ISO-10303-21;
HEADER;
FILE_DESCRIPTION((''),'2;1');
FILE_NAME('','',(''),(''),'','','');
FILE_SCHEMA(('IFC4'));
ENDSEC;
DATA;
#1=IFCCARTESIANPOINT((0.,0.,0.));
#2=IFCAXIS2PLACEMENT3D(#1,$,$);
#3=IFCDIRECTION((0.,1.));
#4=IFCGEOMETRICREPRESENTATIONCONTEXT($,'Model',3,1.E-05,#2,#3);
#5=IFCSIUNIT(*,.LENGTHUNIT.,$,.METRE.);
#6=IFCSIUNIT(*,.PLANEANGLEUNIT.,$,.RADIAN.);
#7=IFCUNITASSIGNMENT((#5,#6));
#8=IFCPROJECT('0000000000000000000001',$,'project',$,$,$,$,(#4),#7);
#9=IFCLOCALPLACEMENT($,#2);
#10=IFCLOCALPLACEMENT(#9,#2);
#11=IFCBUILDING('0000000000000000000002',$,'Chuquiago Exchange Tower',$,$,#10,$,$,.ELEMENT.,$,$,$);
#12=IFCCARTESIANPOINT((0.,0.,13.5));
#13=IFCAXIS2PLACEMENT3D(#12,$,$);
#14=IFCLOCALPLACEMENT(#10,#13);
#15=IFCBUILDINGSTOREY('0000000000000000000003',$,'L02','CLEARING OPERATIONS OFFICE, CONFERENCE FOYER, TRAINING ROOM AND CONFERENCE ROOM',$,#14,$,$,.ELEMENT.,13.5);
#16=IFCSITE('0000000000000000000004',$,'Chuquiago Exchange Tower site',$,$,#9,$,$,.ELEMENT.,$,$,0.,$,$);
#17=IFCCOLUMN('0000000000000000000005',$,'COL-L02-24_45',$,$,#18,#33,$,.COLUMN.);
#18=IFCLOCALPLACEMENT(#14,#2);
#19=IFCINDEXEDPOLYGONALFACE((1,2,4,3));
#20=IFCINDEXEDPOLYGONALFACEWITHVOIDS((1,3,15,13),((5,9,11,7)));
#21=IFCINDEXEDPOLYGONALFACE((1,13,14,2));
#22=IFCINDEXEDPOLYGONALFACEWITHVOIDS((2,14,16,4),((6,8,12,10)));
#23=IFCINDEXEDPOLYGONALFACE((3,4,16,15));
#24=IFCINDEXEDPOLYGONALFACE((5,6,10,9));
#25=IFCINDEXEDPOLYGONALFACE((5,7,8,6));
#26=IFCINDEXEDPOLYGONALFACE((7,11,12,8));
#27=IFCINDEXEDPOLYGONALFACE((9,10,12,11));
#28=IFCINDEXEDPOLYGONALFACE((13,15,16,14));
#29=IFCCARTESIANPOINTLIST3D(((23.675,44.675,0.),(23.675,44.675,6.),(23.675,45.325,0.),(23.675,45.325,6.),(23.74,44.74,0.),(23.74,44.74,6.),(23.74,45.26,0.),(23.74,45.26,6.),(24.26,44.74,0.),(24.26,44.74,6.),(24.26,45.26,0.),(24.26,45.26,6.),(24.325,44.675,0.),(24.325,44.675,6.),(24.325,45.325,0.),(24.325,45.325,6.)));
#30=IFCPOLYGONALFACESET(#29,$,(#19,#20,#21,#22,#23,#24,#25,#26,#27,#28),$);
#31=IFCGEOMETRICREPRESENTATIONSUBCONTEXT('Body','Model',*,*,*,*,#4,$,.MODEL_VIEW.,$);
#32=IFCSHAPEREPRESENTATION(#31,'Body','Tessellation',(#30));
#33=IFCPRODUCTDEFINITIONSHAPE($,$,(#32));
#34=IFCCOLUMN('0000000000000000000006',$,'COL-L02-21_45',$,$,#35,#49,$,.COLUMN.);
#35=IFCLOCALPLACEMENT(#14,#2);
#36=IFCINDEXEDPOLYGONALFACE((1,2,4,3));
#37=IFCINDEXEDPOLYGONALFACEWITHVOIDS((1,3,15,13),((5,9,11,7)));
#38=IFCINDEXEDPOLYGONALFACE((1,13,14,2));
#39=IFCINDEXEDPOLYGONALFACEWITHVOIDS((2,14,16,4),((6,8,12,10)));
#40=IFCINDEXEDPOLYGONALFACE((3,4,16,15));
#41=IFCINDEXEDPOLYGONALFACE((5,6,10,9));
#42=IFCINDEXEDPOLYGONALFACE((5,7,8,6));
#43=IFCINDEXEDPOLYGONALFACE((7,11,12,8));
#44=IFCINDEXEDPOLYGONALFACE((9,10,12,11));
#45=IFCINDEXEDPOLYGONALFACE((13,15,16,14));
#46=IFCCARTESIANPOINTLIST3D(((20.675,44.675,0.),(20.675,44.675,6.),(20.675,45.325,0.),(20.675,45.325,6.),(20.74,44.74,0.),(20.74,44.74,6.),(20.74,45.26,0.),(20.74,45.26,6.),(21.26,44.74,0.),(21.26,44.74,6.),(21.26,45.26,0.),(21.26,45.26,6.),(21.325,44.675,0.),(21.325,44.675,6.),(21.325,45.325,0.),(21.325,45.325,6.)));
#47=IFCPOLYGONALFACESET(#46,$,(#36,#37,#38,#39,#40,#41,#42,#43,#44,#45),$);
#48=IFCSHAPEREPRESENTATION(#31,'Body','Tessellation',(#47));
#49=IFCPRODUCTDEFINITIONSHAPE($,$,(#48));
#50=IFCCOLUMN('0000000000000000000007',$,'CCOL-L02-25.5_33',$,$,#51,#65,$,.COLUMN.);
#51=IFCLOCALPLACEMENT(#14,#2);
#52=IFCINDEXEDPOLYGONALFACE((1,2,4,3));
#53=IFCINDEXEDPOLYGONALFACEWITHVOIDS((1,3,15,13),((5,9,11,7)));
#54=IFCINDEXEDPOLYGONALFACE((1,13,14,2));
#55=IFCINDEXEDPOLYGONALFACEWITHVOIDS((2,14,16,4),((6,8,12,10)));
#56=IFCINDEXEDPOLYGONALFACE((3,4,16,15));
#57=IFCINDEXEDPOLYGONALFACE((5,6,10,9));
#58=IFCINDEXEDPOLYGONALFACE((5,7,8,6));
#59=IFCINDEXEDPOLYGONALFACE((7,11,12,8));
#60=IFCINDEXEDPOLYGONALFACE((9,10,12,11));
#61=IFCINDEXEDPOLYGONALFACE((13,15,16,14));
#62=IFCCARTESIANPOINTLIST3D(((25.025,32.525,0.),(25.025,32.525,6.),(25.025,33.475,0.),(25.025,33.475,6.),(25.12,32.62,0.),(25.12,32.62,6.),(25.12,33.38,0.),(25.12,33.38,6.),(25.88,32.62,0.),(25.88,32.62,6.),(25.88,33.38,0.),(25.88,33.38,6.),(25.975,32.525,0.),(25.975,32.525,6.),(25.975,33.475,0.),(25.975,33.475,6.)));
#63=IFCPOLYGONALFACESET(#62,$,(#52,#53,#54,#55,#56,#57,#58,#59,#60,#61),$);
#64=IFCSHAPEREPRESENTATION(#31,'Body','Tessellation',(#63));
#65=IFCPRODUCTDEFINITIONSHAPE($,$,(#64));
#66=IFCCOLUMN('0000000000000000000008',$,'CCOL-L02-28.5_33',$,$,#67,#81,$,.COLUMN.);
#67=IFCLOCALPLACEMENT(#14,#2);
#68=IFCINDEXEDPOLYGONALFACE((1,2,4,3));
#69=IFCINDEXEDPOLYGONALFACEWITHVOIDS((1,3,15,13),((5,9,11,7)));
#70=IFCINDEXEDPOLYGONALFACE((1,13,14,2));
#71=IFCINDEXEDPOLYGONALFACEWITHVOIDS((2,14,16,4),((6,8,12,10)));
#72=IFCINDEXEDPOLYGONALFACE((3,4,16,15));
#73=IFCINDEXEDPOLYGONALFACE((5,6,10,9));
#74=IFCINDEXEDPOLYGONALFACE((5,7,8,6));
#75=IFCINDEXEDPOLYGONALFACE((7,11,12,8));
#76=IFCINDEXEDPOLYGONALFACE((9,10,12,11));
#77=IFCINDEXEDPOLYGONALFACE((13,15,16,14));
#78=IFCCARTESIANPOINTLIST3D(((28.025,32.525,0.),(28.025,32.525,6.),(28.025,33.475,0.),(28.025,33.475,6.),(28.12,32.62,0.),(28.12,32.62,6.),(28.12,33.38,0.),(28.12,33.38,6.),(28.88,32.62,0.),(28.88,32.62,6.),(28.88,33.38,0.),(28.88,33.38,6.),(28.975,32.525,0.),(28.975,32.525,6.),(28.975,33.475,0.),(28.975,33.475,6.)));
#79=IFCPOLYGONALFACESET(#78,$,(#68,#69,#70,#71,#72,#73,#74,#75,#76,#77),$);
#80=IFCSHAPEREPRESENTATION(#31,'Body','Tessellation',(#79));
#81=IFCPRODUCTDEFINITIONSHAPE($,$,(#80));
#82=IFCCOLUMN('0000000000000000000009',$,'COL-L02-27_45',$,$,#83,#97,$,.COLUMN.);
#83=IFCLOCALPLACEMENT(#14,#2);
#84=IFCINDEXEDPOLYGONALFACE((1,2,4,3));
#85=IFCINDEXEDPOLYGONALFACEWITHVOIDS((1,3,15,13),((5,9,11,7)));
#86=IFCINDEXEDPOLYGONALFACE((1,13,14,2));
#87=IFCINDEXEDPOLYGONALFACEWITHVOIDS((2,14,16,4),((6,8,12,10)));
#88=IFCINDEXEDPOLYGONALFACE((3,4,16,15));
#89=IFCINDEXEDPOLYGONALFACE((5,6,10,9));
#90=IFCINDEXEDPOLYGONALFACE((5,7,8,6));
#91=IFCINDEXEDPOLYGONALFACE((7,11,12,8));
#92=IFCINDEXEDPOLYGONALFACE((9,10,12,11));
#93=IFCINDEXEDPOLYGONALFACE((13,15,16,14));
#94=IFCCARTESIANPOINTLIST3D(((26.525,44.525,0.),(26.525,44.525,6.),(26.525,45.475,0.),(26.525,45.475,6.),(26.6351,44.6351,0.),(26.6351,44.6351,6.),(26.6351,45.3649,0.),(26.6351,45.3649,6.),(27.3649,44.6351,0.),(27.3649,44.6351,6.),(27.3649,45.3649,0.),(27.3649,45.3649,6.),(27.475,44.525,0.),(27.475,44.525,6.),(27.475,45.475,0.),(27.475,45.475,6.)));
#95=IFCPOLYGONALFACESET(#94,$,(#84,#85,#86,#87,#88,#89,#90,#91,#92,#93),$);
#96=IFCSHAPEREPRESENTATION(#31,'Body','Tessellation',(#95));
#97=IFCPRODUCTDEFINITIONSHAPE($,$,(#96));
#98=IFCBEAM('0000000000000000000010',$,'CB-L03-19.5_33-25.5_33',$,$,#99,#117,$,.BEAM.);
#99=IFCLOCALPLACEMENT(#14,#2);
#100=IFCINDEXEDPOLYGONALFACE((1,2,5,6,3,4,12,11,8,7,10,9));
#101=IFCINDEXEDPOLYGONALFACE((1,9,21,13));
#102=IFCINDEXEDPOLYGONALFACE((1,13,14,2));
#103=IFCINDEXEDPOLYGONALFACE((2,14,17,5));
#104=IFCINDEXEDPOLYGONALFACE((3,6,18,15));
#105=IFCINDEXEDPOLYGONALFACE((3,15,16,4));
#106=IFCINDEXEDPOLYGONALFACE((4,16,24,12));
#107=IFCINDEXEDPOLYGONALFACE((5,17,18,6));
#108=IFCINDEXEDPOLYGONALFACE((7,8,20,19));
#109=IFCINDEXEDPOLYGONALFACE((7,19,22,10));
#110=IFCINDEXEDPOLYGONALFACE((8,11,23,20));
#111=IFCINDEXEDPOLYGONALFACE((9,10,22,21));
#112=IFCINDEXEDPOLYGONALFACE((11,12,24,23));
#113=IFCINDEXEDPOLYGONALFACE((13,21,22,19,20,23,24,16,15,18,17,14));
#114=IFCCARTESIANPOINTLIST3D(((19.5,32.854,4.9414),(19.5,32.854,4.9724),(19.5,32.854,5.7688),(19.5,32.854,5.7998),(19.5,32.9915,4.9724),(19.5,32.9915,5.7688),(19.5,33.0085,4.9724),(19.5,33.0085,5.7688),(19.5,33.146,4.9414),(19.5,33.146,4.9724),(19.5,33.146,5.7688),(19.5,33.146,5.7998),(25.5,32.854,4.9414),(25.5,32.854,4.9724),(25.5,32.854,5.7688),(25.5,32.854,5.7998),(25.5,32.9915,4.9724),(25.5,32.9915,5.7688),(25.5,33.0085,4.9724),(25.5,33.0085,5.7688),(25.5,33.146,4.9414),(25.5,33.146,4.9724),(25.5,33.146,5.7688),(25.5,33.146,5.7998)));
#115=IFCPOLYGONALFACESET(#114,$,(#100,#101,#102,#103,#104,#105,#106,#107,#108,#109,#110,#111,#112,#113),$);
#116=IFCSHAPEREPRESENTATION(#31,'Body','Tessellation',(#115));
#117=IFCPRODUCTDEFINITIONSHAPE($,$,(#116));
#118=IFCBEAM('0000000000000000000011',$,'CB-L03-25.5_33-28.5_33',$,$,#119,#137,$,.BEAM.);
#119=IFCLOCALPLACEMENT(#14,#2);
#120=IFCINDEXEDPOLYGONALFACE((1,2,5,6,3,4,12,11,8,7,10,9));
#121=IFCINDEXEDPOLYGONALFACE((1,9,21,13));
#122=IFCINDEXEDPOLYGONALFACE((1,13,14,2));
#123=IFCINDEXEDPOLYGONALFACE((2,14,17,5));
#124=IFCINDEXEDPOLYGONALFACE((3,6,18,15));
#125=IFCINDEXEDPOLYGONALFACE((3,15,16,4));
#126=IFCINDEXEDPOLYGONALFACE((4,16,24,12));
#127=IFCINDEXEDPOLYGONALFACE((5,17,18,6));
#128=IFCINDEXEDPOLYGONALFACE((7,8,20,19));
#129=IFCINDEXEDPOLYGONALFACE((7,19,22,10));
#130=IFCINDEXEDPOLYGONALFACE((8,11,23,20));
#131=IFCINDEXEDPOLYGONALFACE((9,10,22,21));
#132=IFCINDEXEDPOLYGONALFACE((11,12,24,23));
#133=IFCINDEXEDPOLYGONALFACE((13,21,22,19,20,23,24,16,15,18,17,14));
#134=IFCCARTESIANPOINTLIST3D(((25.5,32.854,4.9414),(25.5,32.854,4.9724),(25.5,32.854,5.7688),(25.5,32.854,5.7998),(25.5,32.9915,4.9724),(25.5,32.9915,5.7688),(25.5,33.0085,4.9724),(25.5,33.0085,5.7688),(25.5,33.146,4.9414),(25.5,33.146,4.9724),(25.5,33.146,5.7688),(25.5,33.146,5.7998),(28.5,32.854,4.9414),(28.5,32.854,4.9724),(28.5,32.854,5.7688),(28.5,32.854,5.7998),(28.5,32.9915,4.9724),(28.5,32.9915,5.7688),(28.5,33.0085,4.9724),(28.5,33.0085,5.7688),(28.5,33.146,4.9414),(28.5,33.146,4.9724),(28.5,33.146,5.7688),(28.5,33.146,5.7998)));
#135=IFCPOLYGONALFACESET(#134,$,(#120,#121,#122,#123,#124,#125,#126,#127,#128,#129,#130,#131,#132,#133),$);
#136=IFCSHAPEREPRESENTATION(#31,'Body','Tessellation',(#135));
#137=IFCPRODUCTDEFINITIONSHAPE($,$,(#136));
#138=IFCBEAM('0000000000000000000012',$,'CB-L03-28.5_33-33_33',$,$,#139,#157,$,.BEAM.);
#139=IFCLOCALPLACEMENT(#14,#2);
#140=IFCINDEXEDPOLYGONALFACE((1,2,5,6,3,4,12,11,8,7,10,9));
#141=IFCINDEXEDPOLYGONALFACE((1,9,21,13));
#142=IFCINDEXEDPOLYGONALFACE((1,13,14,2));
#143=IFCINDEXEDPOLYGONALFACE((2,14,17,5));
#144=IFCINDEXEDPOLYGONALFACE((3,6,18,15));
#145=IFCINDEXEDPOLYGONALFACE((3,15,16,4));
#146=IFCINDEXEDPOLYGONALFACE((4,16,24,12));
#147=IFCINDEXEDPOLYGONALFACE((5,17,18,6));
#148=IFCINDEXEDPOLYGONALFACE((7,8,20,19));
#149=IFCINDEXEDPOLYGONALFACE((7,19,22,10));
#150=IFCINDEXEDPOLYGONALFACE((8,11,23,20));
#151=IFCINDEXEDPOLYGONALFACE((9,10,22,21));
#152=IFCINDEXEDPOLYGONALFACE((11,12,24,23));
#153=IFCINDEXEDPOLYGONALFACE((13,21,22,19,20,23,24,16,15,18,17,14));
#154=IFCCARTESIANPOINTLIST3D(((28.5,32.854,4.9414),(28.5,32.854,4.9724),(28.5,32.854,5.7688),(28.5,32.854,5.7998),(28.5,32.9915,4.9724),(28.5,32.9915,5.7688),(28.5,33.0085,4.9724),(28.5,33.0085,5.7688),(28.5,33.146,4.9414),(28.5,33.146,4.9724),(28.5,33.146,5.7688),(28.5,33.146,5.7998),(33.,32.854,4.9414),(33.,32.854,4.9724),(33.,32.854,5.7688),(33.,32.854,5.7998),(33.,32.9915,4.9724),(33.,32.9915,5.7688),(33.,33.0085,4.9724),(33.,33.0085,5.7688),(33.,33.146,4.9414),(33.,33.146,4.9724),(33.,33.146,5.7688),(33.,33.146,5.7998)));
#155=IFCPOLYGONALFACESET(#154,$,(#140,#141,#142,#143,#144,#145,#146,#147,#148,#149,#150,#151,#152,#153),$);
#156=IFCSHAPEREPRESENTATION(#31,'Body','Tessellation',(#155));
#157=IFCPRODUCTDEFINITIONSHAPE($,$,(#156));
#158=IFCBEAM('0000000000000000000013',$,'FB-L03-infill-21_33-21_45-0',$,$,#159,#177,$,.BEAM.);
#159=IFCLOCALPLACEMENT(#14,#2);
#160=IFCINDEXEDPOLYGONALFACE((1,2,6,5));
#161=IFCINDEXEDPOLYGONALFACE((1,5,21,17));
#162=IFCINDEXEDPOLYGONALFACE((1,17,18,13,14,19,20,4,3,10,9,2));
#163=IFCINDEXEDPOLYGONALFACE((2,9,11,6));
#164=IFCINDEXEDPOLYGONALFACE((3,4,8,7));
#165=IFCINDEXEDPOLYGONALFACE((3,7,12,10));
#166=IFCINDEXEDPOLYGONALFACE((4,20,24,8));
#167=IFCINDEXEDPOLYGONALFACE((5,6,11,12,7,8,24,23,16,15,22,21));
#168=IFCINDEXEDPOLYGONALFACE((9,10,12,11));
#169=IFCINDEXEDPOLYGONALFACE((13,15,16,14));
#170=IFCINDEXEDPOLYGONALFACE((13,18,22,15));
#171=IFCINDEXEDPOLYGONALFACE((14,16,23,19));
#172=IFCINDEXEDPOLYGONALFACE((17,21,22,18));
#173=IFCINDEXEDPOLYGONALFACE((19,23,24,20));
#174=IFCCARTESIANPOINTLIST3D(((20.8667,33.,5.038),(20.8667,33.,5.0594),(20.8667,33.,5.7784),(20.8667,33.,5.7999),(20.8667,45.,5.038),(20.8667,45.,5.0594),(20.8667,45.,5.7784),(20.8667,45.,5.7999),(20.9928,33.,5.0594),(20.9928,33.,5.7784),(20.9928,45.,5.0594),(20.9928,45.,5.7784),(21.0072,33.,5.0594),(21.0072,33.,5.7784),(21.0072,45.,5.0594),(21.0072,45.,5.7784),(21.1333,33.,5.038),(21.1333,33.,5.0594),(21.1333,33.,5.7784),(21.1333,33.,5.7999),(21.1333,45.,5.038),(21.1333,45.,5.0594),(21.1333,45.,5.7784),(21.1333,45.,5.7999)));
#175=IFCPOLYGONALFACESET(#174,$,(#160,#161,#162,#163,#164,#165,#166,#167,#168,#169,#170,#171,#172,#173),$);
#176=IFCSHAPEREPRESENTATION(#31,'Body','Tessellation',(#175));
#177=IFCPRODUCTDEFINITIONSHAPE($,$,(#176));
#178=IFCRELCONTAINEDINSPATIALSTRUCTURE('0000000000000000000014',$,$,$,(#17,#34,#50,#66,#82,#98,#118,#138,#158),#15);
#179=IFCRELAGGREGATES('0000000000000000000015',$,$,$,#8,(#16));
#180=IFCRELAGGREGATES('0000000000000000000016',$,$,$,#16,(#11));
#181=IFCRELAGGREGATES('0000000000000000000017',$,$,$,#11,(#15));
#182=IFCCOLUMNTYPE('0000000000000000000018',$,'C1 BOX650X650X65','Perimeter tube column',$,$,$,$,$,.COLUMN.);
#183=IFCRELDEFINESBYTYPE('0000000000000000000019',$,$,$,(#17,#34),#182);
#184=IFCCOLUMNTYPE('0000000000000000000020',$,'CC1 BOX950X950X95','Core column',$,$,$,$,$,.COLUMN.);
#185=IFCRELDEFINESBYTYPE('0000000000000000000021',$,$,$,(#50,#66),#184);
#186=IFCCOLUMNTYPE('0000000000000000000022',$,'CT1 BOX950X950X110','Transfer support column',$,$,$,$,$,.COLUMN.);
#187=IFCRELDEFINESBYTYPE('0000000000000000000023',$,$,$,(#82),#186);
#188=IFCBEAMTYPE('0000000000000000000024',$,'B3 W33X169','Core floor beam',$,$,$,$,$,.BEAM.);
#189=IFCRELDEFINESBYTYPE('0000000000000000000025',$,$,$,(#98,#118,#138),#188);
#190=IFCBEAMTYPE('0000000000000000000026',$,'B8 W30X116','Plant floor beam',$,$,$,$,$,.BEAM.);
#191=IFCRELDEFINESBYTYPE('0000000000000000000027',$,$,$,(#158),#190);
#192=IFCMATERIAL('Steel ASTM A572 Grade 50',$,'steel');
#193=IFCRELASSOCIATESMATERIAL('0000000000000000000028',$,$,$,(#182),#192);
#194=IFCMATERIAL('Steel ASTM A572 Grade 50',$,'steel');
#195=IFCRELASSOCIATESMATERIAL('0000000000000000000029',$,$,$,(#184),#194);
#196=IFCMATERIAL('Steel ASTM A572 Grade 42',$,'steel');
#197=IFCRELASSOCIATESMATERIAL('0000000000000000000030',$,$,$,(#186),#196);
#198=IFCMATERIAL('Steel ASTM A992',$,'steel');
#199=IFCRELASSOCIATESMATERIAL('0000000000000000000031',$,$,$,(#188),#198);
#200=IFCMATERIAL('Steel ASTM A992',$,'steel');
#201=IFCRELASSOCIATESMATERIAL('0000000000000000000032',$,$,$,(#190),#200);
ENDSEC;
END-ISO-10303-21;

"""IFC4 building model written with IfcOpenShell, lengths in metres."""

from ifc_helpers import new_model, si_unit, direction, frame, origin, origin_2d, place, context, subcontext, project, spatial, hollow_rectangle, i_section, extrude, material, material_profile, profile_set, type_object, element, save


model = new_model("IFC4")

# Units and contexts
model_context = context("Model", 3, precision=1e-05, world=origin(), true_north=direction((0.0, 1.0)))
body_context = subcontext(model_context, "Body", "Model", "MODEL_VIEW")
ifc_project = project(units=[si_unit("LENGTHUNIT", "METRE"), si_unit("PLANEANGLEUNIT", "RADIAN")], contexts=[model_context])

# Site, building, storey
site_placement = place(None, origin())
site = spatial("IfcSite", under=ifc_project, at=site_placement, Name="Chuquiago Exchange Tower site", CompositionType="ELEMENT", RefElevation=0.0)
building_placement = place(site_placement, origin())
building = spatial("IfcBuilding", under=site, at=building_placement, Name="Chuquiago Exchange Tower", CompositionType="ELEMENT")
storey_placement = place(building_placement, frame((0.0, 0.0, 13.5)))
storey = spatial("IfcBuildingStorey", under=building, at=storey_placement, Name="L02", Description="CLEARING OPERATIONS OFFICE, CONFERENCE FOYER, TRAINING ROOM AND CONFERENCE ROOM", CompositionType="ELEMENT", Elevation=13.5)

# Columns
ifc_material_1 = material(Name="Steel ASTM A572 Grade 50", Category="steel")
ifc_material_profile_1 = material_profile(ifc_material_1, hollow_rectangle(XDim=0.6499, YDim=0.6499, WallThickness=0.0649, at=origin_2d()), Name="BOX650X650X65")
ifc_profile_set_1 = profile_set([ifc_material_profile_1], Name="Steel ASTM A572 Grade 50")
column_type_1 = type_object("IfcColumnType", Name="C1 BOX650X650X65", Description="Perimeter tube column", PredefinedType="COLUMN", material=ifc_profile_set_1)
for number, where, z_axis, x_axis, name in (
    (1, (24.0, 45.0, 0.0), (0.0, 0.0, 1.0), (0.0, 1.0, 0.0), "COL-L02-24_45"),
    (2, (21.0, 45.0, 0.0), (0.0, 0.0, 1.0), (0.0, 1.0, 0.0), "COL-L02-21_45"),
):
    element("IfcColumn", number, at=place(storey_placement, frame(where, z_axis=z_axis, x_axis=x_axis)), inside=storey, type_object=column_type_1, Name=name, PredefinedType="COLUMN", context=body_context, shape_type="SweptSolid", body=[
        extrude(hollow_rectangle(XDim=0.6499, YDim=0.6499, WallThickness=0.0649, at=origin_2d()), origin(), (0.0, 0.0, 1.0), 6.0),
    ])
ifc_material_2 = material(Name="Steel ASTM A572 Grade 50", Category="steel")
ifc_material_profile_2 = material_profile(ifc_material_2, hollow_rectangle(XDim=0.95, YDim=0.95, WallThickness=0.095, at=origin_2d()), Name="BOX950X950X95")
ifc_profile_set_2 = profile_set([ifc_material_profile_2], Name="Steel ASTM A572 Grade 50")
column_type_2 = type_object("IfcColumnType", Name="CC1 BOX950X950X95", Description="Core column", PredefinedType="COLUMN", material=ifc_profile_set_2)
for number, where, z_axis, x_axis, name in (
    (3, (25.5, 33.0, 0.0), (0.0, 0.0, 1.0), (1.0, 0.0, 0.0), "CCOL-L02-25.5_33"),
    (4, (28.5, 33.0, 0.0), (0.0, 0.0, 1.0), (1.0, 0.0, 0.0), "CCOL-L02-28.5_33"),
):
    element("IfcColumn", number, at=place(storey_placement, frame(where, z_axis=z_axis, x_axis=x_axis)), inside=storey, type_object=column_type_2, Name=name, PredefinedType="COLUMN", context=body_context, shape_type="SweptSolid", body=[
        extrude(hollow_rectangle(XDim=0.95, YDim=0.95, WallThickness=0.095, at=origin_2d()), origin(), (0.0, 0.0, 1.0), 6.0),
    ])
ifc_material_3 = material(Name="Steel ASTM A572 Grade 42", Category="steel")
ifc_material_profile_3 = material_profile(ifc_material_3, hollow_rectangle(XDim=0.95, YDim=0.95, WallThickness=0.1101, at=origin_2d()), Name="BOX950X950X110")
ifc_profile_set_3 = profile_set([ifc_material_profile_3], Name="Steel ASTM A572 Grade 42")
column_type_3 = type_object("IfcColumnType", Name="CT1 BOX950X950X110", Description="Transfer support column", PredefinedType="COLUMN", material=ifc_profile_set_3)
column_placement = place(storey_placement, frame((27.0, 45.0, 0.0), z_axis=(0.0, 0.0, 1.0), x_axis=(0.0, 1.0, 0.0)))
element("IfcColumn", 5, at=column_placement, inside=storey, type_object=column_type_3, Name="COL-L02-27_45", PredefinedType="COLUMN", context=body_context, shape_type="SweptSolid", body=[
    extrude(hollow_rectangle(XDim=0.95, YDim=0.95, WallThickness=0.1101, at=origin_2d()), origin(), (0.0, 0.0, 1.0), 6.0),
])

# Beams
ifc_material_4 = material(Name="Steel ASTM A992", Category="steel")
ifc_material_profile_4 = material_profile(ifc_material_4, i_section(OverallWidth=0.292, OverallDepth=0.8584, WebThickness=0.0171, FlangeThickness=0.031, at=origin_2d()), Name="W33X169")
ifc_profile_set_4 = profile_set([ifc_material_profile_4], Name="Steel ASTM A992")
beam_type_1 = type_object("IfcBeamType", Name="B3 W33X169", Description="Core floor beam", PredefinedType="BEAM", material=ifc_profile_set_4)
beam_1_placement = place(storey_placement, frame((19.5, 33.0, 5.3706), z_axis=(1.0, 0.0, 0.0), x_axis=(0.0, 1.0, 0.0)))
element("IfcBeam", 6, at=beam_1_placement, inside=storey, type_object=beam_type_1, Name="CB-L03-19.5_33-25.5_33", PredefinedType="BEAM", context=body_context, shape_type="SweptSolid", body=[
    extrude(i_section(OverallWidth=0.292, OverallDepth=0.8584, WebThickness=0.0171, FlangeThickness=0.031, at=origin_2d()), origin(), (0.0, 0.0, 1.0), 6.0),
])
beam_2_placement = place(storey_placement, frame((25.5, 33.0, 5.3706), z_axis=(1.0, 0.0, 0.0), x_axis=(0.0, 1.0, 0.0)))
element("IfcBeam", 7, at=beam_2_placement, inside=storey, type_object=beam_type_1, Name="CB-L03-25.5_33-28.5_33", PredefinedType="BEAM", context=body_context, shape_type="SweptSolid", body=[
    extrude(i_section(OverallWidth=0.292, OverallDepth=0.8584, WebThickness=0.0171, FlangeThickness=0.031, at=origin_2d()), origin(), (0.0, 0.0, 1.0), 3.0),
])
beam_3_placement = place(storey_placement, frame((28.5, 33.0, 5.3706), z_axis=(1.0, 0.0, 0.0), x_axis=(0.0, 1.0, 0.0)))
element("IfcBeam", 8, at=beam_3_placement, inside=storey, type_object=beam_type_1, Name="CB-L03-28.5_33-33_33", PredefinedType="BEAM", context=body_context, shape_type="SweptSolid", body=[
    extrude(i_section(OverallWidth=0.292, OverallDepth=0.8584, WebThickness=0.0171, FlangeThickness=0.031, at=origin_2d()), origin(), (0.0, 0.0, 1.0), 4.5),
])
ifc_material_5 = material(Name="Steel ASTM A992", Category="steel")
ifc_material_profile_5 = material_profile(ifc_material_5, i_section(OverallWidth=0.2666, OverallDepth=0.762, WebThickness=0.0144, FlangeThickness=0.0215, at=origin_2d()), Name="W30X116")
ifc_profile_set_5 = profile_set([ifc_material_profile_5], Name="Steel ASTM A992")
beam_type_2 = type_object("IfcBeamType", Name="B8 W30X116", Description="Plant floor beam", PredefinedType="BEAM", material=ifc_profile_set_5)
for number, where, z_axis, x_axis, name in (
    (9, (21.0, 33.0, 5.4189), (0.0, 1.0, 0.0), (-1.0, 0.0, 0.0), "FB-L03-infill-21_33-21_45-0"),
):
    element("IfcBeam", number, at=place(storey_placement, frame(where, z_axis=z_axis, x_axis=x_axis)), inside=storey, type_object=beam_type_2, Name=name, PredefinedType="BEAM", context=body_context, shape_type="SweptSolid", body=[
        extrude(i_section(OverallWidth=0.2666, OverallDepth=0.762, WebThickness=0.0144, FlangeThickness=0.0215, at=origin_2d()), origin(), (0.0, 0.0, 1.0), 12.0),
    ])

save(model, "model.ifc")
